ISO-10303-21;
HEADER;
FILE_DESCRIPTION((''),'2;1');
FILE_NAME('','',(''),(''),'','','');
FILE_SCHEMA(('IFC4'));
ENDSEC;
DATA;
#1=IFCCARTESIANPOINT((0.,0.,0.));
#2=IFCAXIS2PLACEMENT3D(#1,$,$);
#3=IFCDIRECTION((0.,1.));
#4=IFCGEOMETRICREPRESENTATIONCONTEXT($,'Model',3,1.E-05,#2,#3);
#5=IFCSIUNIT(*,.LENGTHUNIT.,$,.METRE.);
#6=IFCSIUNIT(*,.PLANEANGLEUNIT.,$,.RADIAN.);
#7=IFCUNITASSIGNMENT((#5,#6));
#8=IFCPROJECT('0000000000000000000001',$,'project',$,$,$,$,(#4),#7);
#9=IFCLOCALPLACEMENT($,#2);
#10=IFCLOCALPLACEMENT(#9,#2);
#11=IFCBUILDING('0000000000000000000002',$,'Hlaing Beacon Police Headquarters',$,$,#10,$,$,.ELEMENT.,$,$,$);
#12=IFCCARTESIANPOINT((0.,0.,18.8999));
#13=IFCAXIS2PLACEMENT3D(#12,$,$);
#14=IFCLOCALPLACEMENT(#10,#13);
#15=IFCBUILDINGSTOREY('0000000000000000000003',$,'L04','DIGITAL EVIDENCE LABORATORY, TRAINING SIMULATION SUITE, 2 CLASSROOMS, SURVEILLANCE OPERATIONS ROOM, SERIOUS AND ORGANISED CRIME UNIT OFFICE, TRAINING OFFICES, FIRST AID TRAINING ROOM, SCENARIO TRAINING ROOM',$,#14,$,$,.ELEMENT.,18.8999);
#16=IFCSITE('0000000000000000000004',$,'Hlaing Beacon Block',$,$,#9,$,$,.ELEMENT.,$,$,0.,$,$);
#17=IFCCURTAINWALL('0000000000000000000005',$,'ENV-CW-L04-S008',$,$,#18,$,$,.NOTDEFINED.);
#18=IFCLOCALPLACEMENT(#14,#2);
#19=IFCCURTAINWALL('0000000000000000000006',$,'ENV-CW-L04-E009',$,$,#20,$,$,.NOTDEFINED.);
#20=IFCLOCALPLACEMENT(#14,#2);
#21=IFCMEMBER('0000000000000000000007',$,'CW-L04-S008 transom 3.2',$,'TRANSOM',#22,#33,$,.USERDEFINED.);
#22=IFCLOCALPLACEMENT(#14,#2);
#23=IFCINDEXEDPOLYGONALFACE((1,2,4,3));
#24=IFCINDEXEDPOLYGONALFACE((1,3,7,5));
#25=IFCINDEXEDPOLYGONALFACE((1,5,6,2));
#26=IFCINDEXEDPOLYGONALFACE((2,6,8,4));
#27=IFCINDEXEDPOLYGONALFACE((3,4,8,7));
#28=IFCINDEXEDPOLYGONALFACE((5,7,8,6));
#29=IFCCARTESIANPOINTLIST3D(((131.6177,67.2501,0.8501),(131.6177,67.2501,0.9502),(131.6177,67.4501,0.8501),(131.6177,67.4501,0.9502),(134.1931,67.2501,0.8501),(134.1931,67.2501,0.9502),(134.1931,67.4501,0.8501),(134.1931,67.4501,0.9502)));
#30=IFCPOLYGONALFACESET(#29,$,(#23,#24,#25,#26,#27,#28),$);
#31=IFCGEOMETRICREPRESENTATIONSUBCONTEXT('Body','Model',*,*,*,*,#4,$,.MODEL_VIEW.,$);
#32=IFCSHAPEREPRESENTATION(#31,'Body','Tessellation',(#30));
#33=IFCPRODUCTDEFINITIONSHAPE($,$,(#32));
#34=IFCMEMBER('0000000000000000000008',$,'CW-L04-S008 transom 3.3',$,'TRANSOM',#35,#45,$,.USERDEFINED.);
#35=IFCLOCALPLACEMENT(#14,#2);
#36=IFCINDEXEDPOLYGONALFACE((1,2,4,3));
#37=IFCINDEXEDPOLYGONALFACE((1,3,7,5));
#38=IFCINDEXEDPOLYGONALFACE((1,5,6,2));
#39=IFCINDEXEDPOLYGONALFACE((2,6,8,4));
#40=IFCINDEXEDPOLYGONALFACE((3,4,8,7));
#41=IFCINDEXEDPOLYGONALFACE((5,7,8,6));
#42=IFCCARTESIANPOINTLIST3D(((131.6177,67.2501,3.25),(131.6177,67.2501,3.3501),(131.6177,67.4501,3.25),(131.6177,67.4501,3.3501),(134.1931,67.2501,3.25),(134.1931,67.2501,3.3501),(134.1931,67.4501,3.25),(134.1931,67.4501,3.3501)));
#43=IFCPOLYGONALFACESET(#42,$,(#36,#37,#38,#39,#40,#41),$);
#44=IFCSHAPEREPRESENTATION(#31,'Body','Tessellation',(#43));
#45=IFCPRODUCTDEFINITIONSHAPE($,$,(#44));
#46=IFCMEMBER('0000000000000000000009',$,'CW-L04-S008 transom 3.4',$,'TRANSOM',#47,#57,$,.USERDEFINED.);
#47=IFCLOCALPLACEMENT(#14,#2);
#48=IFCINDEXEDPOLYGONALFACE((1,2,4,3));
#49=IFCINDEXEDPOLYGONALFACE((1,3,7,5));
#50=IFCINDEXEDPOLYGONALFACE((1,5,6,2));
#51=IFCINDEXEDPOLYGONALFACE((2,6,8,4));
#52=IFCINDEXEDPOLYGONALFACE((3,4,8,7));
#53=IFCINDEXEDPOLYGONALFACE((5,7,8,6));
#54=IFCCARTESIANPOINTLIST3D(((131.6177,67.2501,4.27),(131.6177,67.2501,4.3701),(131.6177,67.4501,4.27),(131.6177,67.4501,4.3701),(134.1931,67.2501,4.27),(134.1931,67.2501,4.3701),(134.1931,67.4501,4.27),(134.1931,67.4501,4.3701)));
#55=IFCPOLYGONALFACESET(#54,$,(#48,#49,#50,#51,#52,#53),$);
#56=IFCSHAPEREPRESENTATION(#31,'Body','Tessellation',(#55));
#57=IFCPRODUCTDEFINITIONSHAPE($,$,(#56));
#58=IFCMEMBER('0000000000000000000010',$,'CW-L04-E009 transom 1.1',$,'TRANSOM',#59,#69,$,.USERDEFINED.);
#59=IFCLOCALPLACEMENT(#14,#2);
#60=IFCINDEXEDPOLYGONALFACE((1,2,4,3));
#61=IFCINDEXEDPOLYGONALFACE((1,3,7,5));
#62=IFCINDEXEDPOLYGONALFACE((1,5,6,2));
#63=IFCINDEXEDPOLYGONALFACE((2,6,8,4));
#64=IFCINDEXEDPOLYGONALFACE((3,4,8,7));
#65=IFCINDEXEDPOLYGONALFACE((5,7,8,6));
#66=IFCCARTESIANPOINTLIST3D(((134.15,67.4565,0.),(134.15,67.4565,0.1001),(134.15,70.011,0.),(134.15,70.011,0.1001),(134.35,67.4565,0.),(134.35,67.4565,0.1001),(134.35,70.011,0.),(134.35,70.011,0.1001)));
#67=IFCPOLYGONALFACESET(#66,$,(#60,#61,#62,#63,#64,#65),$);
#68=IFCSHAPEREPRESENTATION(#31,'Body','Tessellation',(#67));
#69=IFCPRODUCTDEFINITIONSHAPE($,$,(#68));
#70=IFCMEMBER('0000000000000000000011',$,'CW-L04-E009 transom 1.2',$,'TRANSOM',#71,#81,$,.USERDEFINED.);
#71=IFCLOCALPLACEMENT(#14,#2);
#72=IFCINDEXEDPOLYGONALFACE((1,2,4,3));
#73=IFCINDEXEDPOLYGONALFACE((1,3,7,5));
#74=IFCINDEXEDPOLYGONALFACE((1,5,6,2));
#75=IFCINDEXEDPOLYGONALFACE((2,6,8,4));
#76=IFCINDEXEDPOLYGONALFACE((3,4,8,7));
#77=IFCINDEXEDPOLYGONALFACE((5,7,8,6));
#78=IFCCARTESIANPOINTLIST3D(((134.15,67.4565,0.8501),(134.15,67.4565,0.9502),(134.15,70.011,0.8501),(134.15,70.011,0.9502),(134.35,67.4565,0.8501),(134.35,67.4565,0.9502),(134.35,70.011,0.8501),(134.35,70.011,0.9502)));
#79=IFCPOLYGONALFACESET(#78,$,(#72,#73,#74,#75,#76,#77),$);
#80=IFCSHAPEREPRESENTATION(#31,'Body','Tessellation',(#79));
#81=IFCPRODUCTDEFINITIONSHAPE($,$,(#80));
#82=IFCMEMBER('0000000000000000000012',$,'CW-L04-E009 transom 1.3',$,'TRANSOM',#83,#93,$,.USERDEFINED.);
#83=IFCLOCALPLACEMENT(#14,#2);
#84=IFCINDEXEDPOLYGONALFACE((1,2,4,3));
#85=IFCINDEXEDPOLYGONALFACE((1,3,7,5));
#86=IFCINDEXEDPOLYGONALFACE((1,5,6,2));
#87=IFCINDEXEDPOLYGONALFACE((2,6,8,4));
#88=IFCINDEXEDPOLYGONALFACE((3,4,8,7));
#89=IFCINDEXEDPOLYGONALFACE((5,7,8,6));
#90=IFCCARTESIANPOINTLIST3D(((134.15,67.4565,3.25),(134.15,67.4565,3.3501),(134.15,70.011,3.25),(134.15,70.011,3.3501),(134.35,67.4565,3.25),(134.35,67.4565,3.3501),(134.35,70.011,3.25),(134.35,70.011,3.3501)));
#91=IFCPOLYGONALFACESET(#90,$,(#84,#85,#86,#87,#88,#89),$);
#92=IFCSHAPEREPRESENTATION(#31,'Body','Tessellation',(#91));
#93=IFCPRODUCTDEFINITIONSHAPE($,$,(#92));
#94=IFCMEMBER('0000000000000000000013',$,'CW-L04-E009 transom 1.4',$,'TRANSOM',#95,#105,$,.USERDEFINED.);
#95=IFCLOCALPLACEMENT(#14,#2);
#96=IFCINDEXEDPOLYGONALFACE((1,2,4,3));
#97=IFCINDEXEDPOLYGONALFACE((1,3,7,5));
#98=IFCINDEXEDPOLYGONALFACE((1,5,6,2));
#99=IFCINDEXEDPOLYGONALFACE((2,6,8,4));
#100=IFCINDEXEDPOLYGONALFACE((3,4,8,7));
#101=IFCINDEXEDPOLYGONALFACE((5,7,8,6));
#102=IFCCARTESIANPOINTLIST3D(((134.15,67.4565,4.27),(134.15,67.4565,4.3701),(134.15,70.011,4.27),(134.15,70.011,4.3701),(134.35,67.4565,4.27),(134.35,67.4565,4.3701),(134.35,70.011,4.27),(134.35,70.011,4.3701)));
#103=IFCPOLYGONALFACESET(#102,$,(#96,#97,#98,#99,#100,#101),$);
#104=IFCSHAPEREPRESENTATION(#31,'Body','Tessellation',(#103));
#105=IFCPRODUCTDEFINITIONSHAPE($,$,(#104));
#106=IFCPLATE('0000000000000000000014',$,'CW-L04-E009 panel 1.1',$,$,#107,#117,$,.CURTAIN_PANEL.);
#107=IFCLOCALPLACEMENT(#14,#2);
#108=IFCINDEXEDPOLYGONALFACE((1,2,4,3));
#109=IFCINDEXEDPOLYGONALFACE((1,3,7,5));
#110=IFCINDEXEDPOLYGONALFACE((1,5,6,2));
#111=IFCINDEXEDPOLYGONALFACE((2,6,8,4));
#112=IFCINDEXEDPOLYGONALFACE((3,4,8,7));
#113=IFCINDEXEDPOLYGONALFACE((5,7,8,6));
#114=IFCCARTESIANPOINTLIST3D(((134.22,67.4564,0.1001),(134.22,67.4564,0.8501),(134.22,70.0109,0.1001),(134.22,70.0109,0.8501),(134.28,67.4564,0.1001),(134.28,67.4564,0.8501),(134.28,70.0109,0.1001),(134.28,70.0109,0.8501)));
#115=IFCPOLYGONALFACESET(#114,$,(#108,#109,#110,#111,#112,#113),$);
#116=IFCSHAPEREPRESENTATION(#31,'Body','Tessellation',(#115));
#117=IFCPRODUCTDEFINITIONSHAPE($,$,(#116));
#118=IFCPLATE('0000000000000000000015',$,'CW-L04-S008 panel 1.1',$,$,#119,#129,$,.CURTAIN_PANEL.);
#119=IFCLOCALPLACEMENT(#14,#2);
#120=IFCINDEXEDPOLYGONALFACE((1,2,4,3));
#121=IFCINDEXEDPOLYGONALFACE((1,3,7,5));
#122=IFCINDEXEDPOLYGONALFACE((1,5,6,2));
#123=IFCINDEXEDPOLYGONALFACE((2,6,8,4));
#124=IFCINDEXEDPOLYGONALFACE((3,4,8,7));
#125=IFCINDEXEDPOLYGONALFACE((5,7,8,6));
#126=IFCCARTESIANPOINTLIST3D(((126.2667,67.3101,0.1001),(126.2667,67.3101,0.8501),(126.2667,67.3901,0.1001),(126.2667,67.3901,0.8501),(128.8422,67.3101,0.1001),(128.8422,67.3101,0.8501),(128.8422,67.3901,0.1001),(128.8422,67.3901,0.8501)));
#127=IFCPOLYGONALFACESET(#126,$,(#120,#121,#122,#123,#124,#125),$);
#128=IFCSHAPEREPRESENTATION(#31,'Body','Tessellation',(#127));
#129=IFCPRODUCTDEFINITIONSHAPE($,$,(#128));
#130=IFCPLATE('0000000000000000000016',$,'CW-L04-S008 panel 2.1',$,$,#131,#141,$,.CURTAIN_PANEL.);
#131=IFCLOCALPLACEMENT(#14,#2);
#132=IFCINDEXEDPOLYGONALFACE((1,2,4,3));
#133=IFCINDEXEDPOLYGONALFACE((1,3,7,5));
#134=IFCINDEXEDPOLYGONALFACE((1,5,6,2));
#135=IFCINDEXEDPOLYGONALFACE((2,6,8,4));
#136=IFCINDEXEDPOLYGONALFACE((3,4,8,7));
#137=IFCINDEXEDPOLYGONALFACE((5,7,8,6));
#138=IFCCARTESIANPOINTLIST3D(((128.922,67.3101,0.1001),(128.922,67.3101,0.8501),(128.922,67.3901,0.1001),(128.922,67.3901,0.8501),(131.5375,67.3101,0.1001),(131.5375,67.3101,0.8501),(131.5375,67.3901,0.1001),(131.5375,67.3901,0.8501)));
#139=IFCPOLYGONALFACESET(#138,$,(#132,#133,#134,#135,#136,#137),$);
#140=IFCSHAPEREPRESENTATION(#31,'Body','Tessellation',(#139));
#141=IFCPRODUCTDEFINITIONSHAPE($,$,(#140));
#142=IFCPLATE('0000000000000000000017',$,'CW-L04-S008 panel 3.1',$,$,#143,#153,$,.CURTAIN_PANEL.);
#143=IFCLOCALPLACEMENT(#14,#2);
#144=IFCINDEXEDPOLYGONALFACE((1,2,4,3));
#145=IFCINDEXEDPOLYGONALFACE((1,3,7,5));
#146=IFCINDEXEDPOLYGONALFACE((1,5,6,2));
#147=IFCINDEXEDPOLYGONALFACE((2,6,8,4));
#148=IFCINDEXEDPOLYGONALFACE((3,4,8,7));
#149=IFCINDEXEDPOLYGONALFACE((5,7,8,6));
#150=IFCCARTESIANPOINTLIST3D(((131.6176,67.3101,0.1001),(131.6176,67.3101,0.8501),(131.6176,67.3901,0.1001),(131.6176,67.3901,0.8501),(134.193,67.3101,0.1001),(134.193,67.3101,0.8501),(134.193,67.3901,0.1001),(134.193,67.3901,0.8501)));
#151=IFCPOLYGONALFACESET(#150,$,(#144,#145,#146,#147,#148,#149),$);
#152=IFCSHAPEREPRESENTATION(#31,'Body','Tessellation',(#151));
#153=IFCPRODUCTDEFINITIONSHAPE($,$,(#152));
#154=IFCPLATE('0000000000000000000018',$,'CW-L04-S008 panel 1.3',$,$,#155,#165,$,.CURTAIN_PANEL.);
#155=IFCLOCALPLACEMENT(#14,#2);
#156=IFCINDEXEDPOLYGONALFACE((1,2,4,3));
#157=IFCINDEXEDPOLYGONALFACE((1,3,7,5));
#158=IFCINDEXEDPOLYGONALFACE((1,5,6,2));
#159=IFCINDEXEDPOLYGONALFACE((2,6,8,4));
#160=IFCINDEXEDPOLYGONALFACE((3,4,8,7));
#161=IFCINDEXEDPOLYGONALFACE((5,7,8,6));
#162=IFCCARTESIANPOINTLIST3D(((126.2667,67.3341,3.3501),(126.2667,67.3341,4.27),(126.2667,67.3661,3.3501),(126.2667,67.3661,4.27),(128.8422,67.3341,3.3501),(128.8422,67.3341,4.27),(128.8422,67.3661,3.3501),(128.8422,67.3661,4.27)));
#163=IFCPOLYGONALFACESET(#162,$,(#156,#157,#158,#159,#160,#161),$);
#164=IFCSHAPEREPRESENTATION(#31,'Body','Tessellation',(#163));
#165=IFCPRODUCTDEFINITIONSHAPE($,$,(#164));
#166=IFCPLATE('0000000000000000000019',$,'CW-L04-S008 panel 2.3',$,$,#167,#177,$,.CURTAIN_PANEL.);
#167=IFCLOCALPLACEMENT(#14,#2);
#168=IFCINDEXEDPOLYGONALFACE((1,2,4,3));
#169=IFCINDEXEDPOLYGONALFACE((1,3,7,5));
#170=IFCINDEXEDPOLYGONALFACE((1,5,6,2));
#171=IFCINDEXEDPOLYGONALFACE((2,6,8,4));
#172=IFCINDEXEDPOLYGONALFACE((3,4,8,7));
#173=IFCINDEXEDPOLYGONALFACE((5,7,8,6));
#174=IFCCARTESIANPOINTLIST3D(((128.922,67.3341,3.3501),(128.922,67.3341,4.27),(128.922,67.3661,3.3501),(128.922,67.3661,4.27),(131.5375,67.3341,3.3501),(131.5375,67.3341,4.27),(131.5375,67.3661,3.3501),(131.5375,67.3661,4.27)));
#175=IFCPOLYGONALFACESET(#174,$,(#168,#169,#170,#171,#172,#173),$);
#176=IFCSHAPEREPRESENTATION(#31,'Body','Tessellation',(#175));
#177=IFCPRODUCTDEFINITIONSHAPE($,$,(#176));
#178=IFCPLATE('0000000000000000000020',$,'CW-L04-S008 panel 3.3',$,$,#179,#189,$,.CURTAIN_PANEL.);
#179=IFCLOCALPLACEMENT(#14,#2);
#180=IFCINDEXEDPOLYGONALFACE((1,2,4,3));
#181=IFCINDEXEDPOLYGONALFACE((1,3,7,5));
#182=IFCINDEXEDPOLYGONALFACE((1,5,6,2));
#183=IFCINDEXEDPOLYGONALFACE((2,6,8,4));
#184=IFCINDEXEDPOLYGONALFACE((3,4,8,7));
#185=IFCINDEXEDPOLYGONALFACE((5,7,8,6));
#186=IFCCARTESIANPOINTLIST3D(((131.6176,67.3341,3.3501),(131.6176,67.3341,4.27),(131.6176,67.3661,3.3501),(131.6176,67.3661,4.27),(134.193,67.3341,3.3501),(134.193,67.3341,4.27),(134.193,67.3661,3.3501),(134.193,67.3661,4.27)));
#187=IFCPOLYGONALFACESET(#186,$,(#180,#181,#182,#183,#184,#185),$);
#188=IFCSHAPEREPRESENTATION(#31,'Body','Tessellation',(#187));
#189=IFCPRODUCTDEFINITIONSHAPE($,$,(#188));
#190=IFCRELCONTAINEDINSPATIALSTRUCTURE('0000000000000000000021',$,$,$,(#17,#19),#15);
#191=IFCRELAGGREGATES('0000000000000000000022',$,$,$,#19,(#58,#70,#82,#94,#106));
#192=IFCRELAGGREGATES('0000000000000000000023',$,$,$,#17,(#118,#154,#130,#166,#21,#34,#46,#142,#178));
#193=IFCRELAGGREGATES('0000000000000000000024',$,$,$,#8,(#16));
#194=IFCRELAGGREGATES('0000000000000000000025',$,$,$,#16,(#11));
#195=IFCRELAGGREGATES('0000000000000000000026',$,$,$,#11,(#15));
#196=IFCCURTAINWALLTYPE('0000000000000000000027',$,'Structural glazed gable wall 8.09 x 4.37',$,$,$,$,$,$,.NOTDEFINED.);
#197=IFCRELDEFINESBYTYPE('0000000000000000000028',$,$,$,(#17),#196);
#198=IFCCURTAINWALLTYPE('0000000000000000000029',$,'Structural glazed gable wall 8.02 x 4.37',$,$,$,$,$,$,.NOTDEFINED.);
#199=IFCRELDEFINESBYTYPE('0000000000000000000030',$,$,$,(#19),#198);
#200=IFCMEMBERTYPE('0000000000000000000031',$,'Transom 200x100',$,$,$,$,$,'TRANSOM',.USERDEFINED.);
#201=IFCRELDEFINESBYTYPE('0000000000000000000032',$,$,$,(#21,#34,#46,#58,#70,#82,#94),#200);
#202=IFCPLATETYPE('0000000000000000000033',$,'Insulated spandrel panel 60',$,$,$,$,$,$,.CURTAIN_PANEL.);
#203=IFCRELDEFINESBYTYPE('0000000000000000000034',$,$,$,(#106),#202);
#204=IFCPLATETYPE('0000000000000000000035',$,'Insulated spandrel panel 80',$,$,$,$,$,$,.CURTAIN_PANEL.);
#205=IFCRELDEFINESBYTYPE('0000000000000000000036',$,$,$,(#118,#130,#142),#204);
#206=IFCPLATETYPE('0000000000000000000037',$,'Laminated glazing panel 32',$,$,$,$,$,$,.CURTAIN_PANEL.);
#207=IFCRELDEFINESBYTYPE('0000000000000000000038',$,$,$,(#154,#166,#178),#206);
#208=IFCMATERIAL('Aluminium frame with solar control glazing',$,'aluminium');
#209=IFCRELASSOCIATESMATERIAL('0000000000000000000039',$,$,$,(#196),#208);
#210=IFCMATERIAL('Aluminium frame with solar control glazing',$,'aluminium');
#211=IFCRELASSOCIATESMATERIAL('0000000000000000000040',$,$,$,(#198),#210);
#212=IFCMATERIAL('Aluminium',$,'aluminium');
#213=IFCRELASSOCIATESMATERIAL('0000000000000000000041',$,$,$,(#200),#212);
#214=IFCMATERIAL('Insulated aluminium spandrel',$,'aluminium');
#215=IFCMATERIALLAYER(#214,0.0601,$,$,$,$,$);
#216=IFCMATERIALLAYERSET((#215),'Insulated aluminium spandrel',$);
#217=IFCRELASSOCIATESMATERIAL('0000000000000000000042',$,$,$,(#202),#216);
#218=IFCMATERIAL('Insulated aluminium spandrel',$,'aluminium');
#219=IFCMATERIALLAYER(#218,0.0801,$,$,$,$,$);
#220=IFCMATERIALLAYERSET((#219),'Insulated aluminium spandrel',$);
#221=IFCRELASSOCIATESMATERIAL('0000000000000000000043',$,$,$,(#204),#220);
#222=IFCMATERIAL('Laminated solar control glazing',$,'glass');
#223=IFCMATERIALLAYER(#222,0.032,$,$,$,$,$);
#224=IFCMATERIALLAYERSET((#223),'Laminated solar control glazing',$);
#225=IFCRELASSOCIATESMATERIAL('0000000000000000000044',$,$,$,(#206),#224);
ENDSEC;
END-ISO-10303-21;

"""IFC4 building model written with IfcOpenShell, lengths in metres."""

from ifc_helpers import new_model, si_unit, direction, frame, origin, origin_2d, place, context, subcontext, project, spatial, rectangle, extrude, material, layer, layer_set, material_profile, profile_set, type_object, element, aggregate, save


model = new_model("IFC4")

# Units and contexts
model_context = context("Model", 3, precision=1e-05, world=origin(), true_north=direction((0.0, 1.0)))
body_context = subcontext(model_context, "Body", "Model", "MODEL_VIEW")
ifc_project = project(units=[si_unit("LENGTHUNIT", "METRE"), si_unit("PLANEANGLEUNIT", "RADIAN")], contexts=[model_context])

# Site, building, storey
site_placement = place(None, origin())
site = spatial("IfcSite", under=ifc_project, at=site_placement, Name="Hlaing Beacon Block", CompositionType="ELEMENT", RefElevation=0.0)
building_placement = place(site_placement, origin())
building = spatial("IfcBuilding", under=site, at=building_placement, Name="Hlaing Beacon Police Headquarters", CompositionType="ELEMENT")
storey_placement = place(building_placement, frame((0.0, 0.0, 18.8999)))
storey = spatial("IfcBuildingStorey", under=building, at=storey_placement, Name="L04", Description="DIGITAL EVIDENCE LABORATORY, TRAINING SIMULATION SUITE, 2 CLASSROOMS, SURVEILLANCE OPERATIONS ROOM, SERIOUS AND ORGANISED CRIME UNIT OFFICE, TRAINING OFFICES, FIRST AID TRAINING ROOM, SCENARIO TRAINING ROOM", CompositionType="ELEMENT", Elevation=18.8999)

# Curtain wall
ifc_material_1 = material(Name="Aluminium frame with solar control glazing", Category="aluminium")
curtain_wall_type_1 = type_object("IfcCurtainWallType", Name="Structural glazed gable wall 8.09 x 4.37", PredefinedType="NOTDEFINED", material=ifc_material_1)
curtain_wall_1_placement = place(storey_placement, origin())
curtain_wall_1 = element("IfcCurtainWall", 1, at=curtain_wall_1_placement, inside=storey, type_object=curtain_wall_type_1, Name="ENV-CW-L04-S008", PredefinedType="NOTDEFINED")

# Curtain wall
ifc_material_2 = material(Name="Aluminium frame with solar control glazing", Category="aluminium")
curtain_wall_type_2 = type_object("IfcCurtainWallType", Name="Structural glazed gable wall 8.02 x 4.37", PredefinedType="NOTDEFINED", material=ifc_material_2)
curtain_wall_2_placement = place(storey_placement, origin())
curtain_wall_2 = element("IfcCurtainWall", 2, at=curtain_wall_2_placement, inside=storey, type_object=curtain_wall_type_2, Name="ENV-CW-L04-E009", PredefinedType="NOTDEFINED")

# Members
ifc_material_3 = material(Name="Aluminium", Category="aluminium")
ifc_material_profile_1 = material_profile(ifc_material_3, rectangle(XDim=0.2, YDim=0.1001, at=origin_2d()), Name="Transom 200x100")
ifc_profile_set_1 = profile_set([ifc_material_profile_1], Name="Aluminium")
member_type_1 = type_object("IfcMemberType", Name="Transom 200x100", ElementType="TRANSOM", PredefinedType="USERDEFINED", material=ifc_profile_set_1)
member_1_placement = place(storey_placement, frame((131.6177, 67.3501, 0.9001), z_axis=(1.0, 0.0, 0.0), x_axis=(0.0, 1.0, 0.0)))
member_1 = element("IfcMember", 3, at=member_1_placement, type_object=member_type_1, Name="CW-L04-S008 transom 3.2", ObjectType="TRANSOM", PredefinedType="USERDEFINED", context=body_context, shape_type="SweptSolid", body=[
    extrude(rectangle(XDim=0.2, YDim=0.1001, at=origin_2d()), origin(), (0.0, 0.0, 1.0), 2.5754),
])
member_2_placement = place(storey_placement, frame((131.6177, 67.3501, 3.3), z_axis=(1.0, 0.0, 0.0), x_axis=(0.0, 1.0, 0.0)))
member_2 = element("IfcMember", 4, at=member_2_placement, type_object=member_type_1, Name="CW-L04-S008 transom 3.3", ObjectType="TRANSOM", PredefinedType="USERDEFINED", context=body_context, shape_type="SweptSolid", body=[
    extrude(rectangle(XDim=0.2, YDim=0.1001, at=origin_2d()), origin(), (0.0, 0.0, 1.0), 2.5754),
])
member_3_placement = place(storey_placement, frame((131.6177, 67.3501, 4.3201), z_axis=(1.0, 0.0, 0.0), x_axis=(0.0, 1.0, 0.0)))
member_3 = element("IfcMember", 5, at=member_3_placement, type_object=member_type_1, Name="CW-L04-S008 transom 3.4", ObjectType="TRANSOM", PredefinedType="USERDEFINED", context=body_context, shape_type="SweptSolid", body=[
    extrude(rectangle(XDim=0.2, YDim=0.1001, at=origin_2d()), origin(), (0.0, 0.0, 1.0), 2.5754),
])
member_4_placement = place(storey_placement, frame((134.25, 67.4565, 0.05), z_axis=(0.0, 1.0, 0.0), x_axis=(-1.0, 0.0, 0.0)))
member_4 = element("IfcMember", 6, at=member_4_placement, type_object=member_type_1, Name="CW-L04-E009 transom 1.1", ObjectType="TRANSOM", PredefinedType="USERDEFINED", context=body_context, shape_type="SweptSolid", body=[
    extrude(rectangle(XDim=0.2, YDim=0.1001, at=origin_2d()), origin(), (0.0, 0.0, 1.0), 2.5544),
])
member_5_placement = place(storey_placement, frame((134.25, 67.4565, 0.9001), z_axis=(0.0, 1.0, 0.0), x_axis=(-1.0, 0.0, 0.0)))
member_5 = element("IfcMember", 7, at=member_5_placement, type_object=member_type_1, Name="CW-L04-E009 transom 1.2", ObjectType="TRANSOM", PredefinedType="USERDEFINED", context=body_context, shape_type="SweptSolid", body=[
    extrude(rectangle(XDim=0.2, YDim=0.1001, at=origin_2d()), origin(), (0.0, 0.0, 1.0), 2.5544),
])
member_6_placement = place(storey_placement, frame((134.25, 67.4565, 3.3), z_axis=(0.0, 1.0, 0.0), x_axis=(-1.0, 0.0, 0.0)))
member_6 = element("IfcMember", 8, at=member_6_placement, type_object=member_type_1, Name="CW-L04-E009 transom 1.3", ObjectType="TRANSOM", PredefinedType="USERDEFINED", context=body_context, shape_type="SweptSolid", body=[
    extrude(rectangle(XDim=0.2, YDim=0.1001, at=origin_2d()), origin(), (0.0, 0.0, 1.0), 2.5544),
])
member_7_placement = place(storey_placement, frame((134.25, 67.4565, 4.3201), z_axis=(0.0, 1.0, 0.0), x_axis=(-1.0, 0.0, 0.0)))
member_7 = element("IfcMember", 9, at=member_7_placement, type_object=member_type_1, Name="CW-L04-E009 transom 1.4", ObjectType="TRANSOM", PredefinedType="USERDEFINED", context=body_context, shape_type="SweptSolid", body=[
    extrude(rectangle(XDim=0.2, YDim=0.1001, at=origin_2d()), origin(), (0.0, 0.0, 1.0), 2.5544),
])

# Plates
ifc_material_4 = material(Name="Insulated aluminium spandrel", Category="aluminium")
ifc_layer_1 = layer(ifc_material_4, 0.0601)
ifc_layer_set_1 = layer_set([ifc_layer_1], Name="Insulated aluminium spandrel")
plate_type_1 = type_object("IfcPlateType", Name="Insulated spandrel panel 60", PredefinedType="CURTAIN_PANEL", material=ifc_layer_set_1)
plate_1_placement = place(storey_placement, frame((134.25, 68.7336, 0.1001), z_axis=(0.0, 0.0, 1.0), x_axis=(0.0, 1.0, 0.0)))
plate_1 = element("IfcPlate", 10, at=plate_1_placement, type_object=plate_type_1, Name="CW-L04-E009 panel 1.1", PredefinedType="CURTAIN_PANEL", context=body_context, shape_type="SweptSolid", body=[
    extrude(rectangle(XDim=2.5544, YDim=0.0601, at=origin_2d()), origin(), (0.0, 0.0, 1.0), 0.75),
])
aggregate(curtain_wall_2, [member_4, member_5, member_6, member_7, plate_1])
ifc_material_5 = material(Name="Insulated aluminium spandrel", Category="aluminium")
ifc_layer_2 = layer(ifc_material_5, 0.0801)
ifc_layer_set_2 = layer_set([ifc_layer_2], Name="Insulated aluminium spandrel")
plate_type_2 = type_object("IfcPlateType", Name="Insulated spandrel panel 80", PredefinedType="CURTAIN_PANEL", material=ifc_layer_set_2)
plate_2_placement = place(storey_placement, frame((127.5544, 67.3501, 0.1001), z_axis=(0.0, 0.0, 1.0), x_axis=(1.0, 0.0, 0.0)))
plate_2 = element("IfcPlate", 11, at=plate_2_placement, type_object=plate_type_2, Name="CW-L04-S008 panel 1.1", PredefinedType="CURTAIN_PANEL", context=body_context, shape_type="SweptSolid", body=[
    extrude(rectangle(XDim=2.5754, YDim=0.0801, at=origin_2d()), origin(), (0.0, 0.0, 1.0), 0.75),
])
plate_3_placement = place(storey_placement, frame((130.2297, 67.3501, 0.1001), z_axis=(0.0, 0.0, 1.0), x_axis=(1.0, 0.0, 0.0)))
plate_3 = element("IfcPlate", 12, at=plate_3_placement, type_object=plate_type_2, Name="CW-L04-S008 panel 2.1", PredefinedType="CURTAIN_PANEL", context=body_context, shape_type="SweptSolid", body=[
    extrude(rectangle(XDim=2.6155, YDim=0.0801, at=origin_2d()), origin(), (0.0, 0.0, 1.0), 0.75),
])
plate_4_placement = place(storey_placement, frame((132.9053, 67.3501, 0.1001), z_axis=(0.0, 0.0, 1.0), x_axis=(1.0, 0.0, 0.0)))
plate_4 = element("IfcPlate", 13, at=plate_4_placement, type_object=plate_type_2, Name="CW-L04-S008 panel 3.1", PredefinedType="CURTAIN_PANEL", context=body_context, shape_type="SweptSolid", body=[
    extrude(rectangle(XDim=2.5754, YDim=0.0801, at=origin_2d()), origin(), (0.0, 0.0, 1.0), 0.75),
])
ifc_material_6 = material(Name="Laminated solar control glazing", Category="glass")
ifc_layer_3 = layer(ifc_material_6, 0.032)
ifc_layer_set_3 = layer_set([ifc_layer_3], Name="Laminated solar control glazing")
plate_type_3 = type_object("IfcPlateType", Name="Laminated glazing panel 32", PredefinedType="CURTAIN_PANEL", material=ifc_layer_set_3)
plate_5_placement = place(storey_placement, frame((127.5544, 67.3501, 3.3501), z_axis=(0.0, 0.0, 1.0), x_axis=(1.0, 0.0, 0.0)))
plate_5 = element("IfcPlate", 14, at=plate_5_placement, type_object=plate_type_3, Name="CW-L04-S008 panel 1.3", PredefinedType="CURTAIN_PANEL", context=body_context, shape_type="SweptSolid", body=[
    extrude(rectangle(XDim=2.5754, YDim=0.032, at=origin_2d()), origin(), (0.0, 0.0, 1.0), 0.9199),
])
plate_6_placement = place(storey_placement, frame((130.2297, 67.3501, 3.3501), z_axis=(0.0, 0.0, 1.0), x_axis=(1.0, 0.0, 0.0)))
plate_6 = element("IfcPlate", 15, at=plate_6_placement, type_object=plate_type_3, Name="CW-L04-S008 panel 2.3", PredefinedType="CURTAIN_PANEL", context=body_context, shape_type="SweptSolid", body=[
    extrude(rectangle(XDim=2.6155, YDim=0.032, at=origin_2d()), origin(), (0.0, 0.0, 1.0), 0.9199),
])
plate_7_placement = place(storey_placement, frame((132.9053, 67.3501, 3.3501), z_axis=(0.0, 0.0, 1.0), x_axis=(1.0, 0.0, 0.0)))
plate_7 = element("IfcPlate", 16, at=plate_7_placement, type_object=plate_type_3, Name="CW-L04-S008 panel 3.3", PredefinedType="CURTAIN_PANEL", context=body_context, shape_type="SweptSolid", body=[
    extrude(rectangle(XDim=2.5754, YDim=0.032, at=origin_2d()), origin(), (0.0, 0.0, 1.0), 0.9199),
])
aggregate(curtain_wall_1, [plate_2, plate_5, plate_3, plate_6, member_1, member_2, member_3, plate_4, plate_7])

save(model, "model.ifc")
